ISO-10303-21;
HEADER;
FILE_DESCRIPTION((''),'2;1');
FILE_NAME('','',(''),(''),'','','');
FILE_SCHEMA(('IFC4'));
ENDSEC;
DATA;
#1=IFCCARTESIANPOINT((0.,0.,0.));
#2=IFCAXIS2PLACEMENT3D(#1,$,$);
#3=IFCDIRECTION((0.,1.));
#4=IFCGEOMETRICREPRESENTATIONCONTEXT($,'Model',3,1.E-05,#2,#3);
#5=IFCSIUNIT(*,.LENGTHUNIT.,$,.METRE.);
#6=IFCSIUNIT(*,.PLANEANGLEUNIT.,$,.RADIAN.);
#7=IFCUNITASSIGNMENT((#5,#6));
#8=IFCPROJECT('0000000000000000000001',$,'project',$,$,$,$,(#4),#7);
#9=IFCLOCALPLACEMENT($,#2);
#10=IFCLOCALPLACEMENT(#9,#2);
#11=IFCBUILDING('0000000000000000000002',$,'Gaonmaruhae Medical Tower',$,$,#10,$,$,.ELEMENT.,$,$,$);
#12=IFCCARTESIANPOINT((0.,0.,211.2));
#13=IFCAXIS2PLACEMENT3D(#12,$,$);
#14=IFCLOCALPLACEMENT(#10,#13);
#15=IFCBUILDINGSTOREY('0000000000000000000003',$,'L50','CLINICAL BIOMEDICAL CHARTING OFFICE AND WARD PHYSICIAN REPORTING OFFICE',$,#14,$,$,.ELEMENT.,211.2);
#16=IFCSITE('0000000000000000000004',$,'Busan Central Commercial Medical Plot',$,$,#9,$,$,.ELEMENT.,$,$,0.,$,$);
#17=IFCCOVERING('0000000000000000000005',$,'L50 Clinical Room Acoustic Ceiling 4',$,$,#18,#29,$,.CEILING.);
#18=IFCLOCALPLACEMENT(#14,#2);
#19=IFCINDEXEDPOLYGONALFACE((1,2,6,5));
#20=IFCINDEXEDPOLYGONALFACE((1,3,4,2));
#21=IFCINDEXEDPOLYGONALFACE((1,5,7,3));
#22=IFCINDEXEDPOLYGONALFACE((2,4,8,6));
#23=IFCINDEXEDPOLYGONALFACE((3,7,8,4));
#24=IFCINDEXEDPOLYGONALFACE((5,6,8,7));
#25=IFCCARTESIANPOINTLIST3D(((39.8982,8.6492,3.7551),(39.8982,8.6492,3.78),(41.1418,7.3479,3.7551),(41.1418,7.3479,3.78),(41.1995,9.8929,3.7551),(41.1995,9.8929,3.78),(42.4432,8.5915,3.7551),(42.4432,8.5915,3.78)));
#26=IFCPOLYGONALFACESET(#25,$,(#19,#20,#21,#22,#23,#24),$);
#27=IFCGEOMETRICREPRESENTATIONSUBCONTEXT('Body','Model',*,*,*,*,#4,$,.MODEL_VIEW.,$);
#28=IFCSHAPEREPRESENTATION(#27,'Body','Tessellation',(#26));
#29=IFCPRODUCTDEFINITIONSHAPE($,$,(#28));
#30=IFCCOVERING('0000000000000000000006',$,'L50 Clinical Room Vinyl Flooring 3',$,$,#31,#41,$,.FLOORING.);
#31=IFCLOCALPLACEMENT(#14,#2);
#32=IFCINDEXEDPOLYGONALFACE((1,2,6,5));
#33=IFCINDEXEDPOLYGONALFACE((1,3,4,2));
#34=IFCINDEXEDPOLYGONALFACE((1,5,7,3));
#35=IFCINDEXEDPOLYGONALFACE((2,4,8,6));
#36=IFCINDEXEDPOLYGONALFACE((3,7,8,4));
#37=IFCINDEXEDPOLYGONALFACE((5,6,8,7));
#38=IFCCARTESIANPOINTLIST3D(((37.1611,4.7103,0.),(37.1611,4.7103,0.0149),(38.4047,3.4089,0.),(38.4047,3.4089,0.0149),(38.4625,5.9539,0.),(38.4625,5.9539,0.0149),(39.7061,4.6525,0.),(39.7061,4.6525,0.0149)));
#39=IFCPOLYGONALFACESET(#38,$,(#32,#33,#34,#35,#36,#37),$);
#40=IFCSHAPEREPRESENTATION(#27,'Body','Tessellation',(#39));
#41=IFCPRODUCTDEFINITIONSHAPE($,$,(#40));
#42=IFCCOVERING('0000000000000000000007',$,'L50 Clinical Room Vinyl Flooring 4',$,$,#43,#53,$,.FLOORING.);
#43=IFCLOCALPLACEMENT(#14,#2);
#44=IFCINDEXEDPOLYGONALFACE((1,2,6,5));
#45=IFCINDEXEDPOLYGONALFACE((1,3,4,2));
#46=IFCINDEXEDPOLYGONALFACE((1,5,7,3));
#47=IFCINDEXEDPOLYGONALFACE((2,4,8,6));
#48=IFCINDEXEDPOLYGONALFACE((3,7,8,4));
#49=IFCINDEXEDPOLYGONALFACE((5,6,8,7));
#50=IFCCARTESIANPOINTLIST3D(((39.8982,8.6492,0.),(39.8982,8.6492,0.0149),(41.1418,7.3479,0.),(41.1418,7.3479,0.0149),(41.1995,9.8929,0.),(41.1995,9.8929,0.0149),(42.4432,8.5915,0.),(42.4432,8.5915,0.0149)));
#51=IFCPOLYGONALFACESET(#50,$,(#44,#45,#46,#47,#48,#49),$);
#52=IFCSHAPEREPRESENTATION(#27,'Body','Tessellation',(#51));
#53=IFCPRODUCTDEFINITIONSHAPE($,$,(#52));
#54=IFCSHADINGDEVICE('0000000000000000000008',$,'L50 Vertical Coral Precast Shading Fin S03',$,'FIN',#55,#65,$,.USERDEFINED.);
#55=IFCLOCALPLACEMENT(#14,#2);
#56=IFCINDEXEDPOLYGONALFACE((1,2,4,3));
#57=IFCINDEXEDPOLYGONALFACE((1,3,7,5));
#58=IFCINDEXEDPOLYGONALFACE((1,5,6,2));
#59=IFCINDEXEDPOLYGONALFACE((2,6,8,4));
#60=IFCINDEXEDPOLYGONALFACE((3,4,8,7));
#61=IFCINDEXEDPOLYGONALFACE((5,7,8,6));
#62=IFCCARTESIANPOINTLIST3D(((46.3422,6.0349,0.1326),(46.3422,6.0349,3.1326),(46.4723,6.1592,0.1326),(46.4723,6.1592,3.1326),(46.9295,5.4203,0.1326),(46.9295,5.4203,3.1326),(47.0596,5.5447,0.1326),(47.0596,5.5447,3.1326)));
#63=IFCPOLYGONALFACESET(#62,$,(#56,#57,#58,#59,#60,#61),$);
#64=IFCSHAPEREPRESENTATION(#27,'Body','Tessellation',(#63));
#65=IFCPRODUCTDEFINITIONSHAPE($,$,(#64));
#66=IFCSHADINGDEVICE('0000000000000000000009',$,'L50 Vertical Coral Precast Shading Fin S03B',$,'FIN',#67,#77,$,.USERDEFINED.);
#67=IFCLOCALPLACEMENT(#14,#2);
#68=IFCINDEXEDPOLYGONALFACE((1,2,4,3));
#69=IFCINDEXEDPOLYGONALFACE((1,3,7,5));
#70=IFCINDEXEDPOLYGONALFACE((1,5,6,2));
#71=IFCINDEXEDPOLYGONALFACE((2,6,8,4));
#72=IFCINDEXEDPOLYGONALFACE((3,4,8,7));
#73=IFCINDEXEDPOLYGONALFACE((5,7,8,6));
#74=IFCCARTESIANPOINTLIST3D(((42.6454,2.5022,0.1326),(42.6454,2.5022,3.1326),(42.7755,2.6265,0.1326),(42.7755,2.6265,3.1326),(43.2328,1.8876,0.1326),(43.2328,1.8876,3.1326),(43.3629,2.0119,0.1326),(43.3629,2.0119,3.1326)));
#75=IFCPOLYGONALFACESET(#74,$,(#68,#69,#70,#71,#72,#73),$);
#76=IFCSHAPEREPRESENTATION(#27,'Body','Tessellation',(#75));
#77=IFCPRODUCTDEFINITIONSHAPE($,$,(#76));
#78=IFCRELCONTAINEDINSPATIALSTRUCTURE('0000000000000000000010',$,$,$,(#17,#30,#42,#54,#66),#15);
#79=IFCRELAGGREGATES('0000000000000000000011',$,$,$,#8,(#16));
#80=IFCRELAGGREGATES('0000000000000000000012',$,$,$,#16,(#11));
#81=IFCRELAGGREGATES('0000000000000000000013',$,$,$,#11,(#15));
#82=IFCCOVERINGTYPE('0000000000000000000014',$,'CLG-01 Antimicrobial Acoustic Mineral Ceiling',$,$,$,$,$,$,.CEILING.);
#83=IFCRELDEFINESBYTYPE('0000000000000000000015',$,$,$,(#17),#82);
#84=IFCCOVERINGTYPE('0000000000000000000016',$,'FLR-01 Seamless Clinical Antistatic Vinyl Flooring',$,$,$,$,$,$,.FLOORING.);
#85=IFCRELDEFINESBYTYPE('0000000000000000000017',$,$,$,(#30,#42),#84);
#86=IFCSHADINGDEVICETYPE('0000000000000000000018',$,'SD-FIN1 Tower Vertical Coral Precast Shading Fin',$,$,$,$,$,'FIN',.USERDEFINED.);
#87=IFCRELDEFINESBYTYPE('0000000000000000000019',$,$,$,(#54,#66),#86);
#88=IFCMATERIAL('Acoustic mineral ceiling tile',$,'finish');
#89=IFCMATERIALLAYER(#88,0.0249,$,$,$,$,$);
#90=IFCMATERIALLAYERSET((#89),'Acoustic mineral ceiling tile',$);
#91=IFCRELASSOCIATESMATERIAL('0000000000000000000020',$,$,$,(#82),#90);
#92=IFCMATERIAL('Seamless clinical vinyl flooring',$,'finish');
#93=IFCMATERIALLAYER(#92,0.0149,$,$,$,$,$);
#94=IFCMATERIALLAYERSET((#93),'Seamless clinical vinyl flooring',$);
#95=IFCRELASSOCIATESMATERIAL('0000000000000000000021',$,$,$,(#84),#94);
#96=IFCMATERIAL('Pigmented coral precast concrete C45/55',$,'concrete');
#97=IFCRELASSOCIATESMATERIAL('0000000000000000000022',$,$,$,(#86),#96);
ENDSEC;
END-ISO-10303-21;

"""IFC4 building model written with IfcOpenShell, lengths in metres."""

from ifc_helpers import new_model, si_unit, direction, frame, origin, origin_2d, place, context, subcontext, project, spatial, rectangle, extrude, material, layer, layer_set, type_object, element, save


model = new_model("IFC4")

# Units and contexts
model_context = context("Model", 3, precision=1e-05, world=origin(), true_north=direction((0.0, 1.0)))
body_context = subcontext(model_context, "Body", "Model", "MODEL_VIEW")
ifc_project = project(units=[si_unit("LENGTHUNIT", "METRE"), si_unit("PLANEANGLEUNIT", "RADIAN")], contexts=[model_context])

# Site, building, storey
site_placement = place(None, origin())
site = spatial("IfcSite", under=ifc_project, at=site_placement, Name="Busan Central Commercial Medical Plot", CompositionType="ELEMENT", RefElevation=0.0)
building_placement = place(site_placement, origin())
building = spatial("IfcBuilding", under=site, at=building_placement, Name="Gaonmaruhae Medical Tower", CompositionType="ELEMENT")
storey_placement = place(building_placement, frame((0.0, 0.0, 211.2)))
storey = spatial("IfcBuildingStorey", under=building, at=storey_placement, Name="L50", Description="CLINICAL BIOMEDICAL CHARTING OFFICE AND WARD PHYSICIAN REPORTING OFFICE", CompositionType="ELEMENT", Elevation=211.2)

# Coverings
ifc_material_1 = material(Name="Acoustic mineral ceiling tile", Category="finish")
ifc_layer_1 = layer(ifc_material_1, 0.0249)
ifc_layer_set_1 = layer_set([ifc_layer_1], Name="Acoustic mineral ceiling tile")
covering_type_1 = type_object("IfcCoveringType", Name="CLG-01 Antimicrobial Acoustic Mineral Ceiling", PredefinedType="CEILING", material=ifc_layer_set_1)
for number, where, z_axis, x_axis, name in (
    (1, (41.1707, 8.6204, 3.7551), (0.0, 0.0, 1.0), (0.722967, 0.690882, 0.0), "L50 Clinical Room Acoustic Ceiling 4"),
):
    element("IfcCovering", number, at=place(storey_placement, frame(where, z_axis=z_axis, x_axis=x_axis)), inside=storey, type_object=covering_type_1, Name=name, PredefinedType="CEILING", context=body_context, shape_type="SweptSolid", body=[
        extrude(rectangle(XDim=1.8, YDim=1.8, at=origin_2d()), origin(), (0.0, 0.0, 1.0), 0.0249),
    ])
ifc_material_2 = material(Name="Seamless clinical vinyl flooring", Category="finish")
ifc_layer_2 = layer(ifc_material_2, 0.0149)
ifc_layer_set_2 = layer_set([ifc_layer_2], Name="Seamless clinical vinyl flooring")
covering_type_2 = type_object("IfcCoveringType", Name="FLR-01 Seamless Clinical Antistatic Vinyl Flooring", PredefinedType="FLOORING", material=ifc_layer_set_2)
for number, where, z_axis, x_axis, name in (
    (2, (38.4336, 4.6814, 0.0), (0.0, 0.0, 1.0), (0.722967, 0.690882, 0.0), "L50 Clinical Room Vinyl Flooring 3"),
    (3, (41.1707, 8.6204, 0.0), (0.0, 0.0, 1.0), (0.722967, 0.690882, 0.0), "L50 Clinical Room Vinyl Flooring 4"),
):
    element("IfcCovering", number, at=place(storey_placement, frame(where, z_axis=z_axis, x_axis=x_axis)), inside=storey, type_object=covering_type_2, Name=name, PredefinedType="FLOORING", context=body_context, shape_type="SweptSolid", body=[
        extrude(rectangle(XDim=1.8, YDim=1.8, at=origin_2d()), origin(), (0.0, 0.0, 1.0), 0.0149),
    ])

# Shading devices
ifc_material_3 = material(Name="Pigmented coral precast concrete C45/55", Category="concrete")
shading_device_type = type_object("IfcShadingDeviceType", Name="SD-FIN1 Tower Vertical Coral Precast Shading Fin", ElementType="FIN", PredefinedType="USERDEFINED", material=ifc_material_3)
for number, where, z_axis, x_axis, name in (
    (4, (46.7009, 5.7898, 0.1326), (0.0, 0.0, 1.0), (-0.722967, -0.690882, 0.0), "L50 Vertical Coral Precast Shading Fin S03"),
    (5, (43.0042, 2.2571, 0.1326), (0.0, 0.0, 1.0), (-0.722967, -0.690882, 0.0), "L50 Vertical Coral Precast Shading Fin S03B"),
):
    element("IfcShadingDevice", number, at=place(storey_placement, frame(where, z_axis=z_axis, x_axis=x_axis)), inside=storey, type_object=shading_device_type, Name=name, ObjectType="FIN", PredefinedType="USERDEFINED", context=body_context, shape_type="SweptSolid", body=[
        extrude(rectangle(XDim=0.1799, YDim=0.8501, at=origin_2d()), origin(), (0.0, 0.0, 1.0), 3.0),
    ])

save(model, "model.ifc")
